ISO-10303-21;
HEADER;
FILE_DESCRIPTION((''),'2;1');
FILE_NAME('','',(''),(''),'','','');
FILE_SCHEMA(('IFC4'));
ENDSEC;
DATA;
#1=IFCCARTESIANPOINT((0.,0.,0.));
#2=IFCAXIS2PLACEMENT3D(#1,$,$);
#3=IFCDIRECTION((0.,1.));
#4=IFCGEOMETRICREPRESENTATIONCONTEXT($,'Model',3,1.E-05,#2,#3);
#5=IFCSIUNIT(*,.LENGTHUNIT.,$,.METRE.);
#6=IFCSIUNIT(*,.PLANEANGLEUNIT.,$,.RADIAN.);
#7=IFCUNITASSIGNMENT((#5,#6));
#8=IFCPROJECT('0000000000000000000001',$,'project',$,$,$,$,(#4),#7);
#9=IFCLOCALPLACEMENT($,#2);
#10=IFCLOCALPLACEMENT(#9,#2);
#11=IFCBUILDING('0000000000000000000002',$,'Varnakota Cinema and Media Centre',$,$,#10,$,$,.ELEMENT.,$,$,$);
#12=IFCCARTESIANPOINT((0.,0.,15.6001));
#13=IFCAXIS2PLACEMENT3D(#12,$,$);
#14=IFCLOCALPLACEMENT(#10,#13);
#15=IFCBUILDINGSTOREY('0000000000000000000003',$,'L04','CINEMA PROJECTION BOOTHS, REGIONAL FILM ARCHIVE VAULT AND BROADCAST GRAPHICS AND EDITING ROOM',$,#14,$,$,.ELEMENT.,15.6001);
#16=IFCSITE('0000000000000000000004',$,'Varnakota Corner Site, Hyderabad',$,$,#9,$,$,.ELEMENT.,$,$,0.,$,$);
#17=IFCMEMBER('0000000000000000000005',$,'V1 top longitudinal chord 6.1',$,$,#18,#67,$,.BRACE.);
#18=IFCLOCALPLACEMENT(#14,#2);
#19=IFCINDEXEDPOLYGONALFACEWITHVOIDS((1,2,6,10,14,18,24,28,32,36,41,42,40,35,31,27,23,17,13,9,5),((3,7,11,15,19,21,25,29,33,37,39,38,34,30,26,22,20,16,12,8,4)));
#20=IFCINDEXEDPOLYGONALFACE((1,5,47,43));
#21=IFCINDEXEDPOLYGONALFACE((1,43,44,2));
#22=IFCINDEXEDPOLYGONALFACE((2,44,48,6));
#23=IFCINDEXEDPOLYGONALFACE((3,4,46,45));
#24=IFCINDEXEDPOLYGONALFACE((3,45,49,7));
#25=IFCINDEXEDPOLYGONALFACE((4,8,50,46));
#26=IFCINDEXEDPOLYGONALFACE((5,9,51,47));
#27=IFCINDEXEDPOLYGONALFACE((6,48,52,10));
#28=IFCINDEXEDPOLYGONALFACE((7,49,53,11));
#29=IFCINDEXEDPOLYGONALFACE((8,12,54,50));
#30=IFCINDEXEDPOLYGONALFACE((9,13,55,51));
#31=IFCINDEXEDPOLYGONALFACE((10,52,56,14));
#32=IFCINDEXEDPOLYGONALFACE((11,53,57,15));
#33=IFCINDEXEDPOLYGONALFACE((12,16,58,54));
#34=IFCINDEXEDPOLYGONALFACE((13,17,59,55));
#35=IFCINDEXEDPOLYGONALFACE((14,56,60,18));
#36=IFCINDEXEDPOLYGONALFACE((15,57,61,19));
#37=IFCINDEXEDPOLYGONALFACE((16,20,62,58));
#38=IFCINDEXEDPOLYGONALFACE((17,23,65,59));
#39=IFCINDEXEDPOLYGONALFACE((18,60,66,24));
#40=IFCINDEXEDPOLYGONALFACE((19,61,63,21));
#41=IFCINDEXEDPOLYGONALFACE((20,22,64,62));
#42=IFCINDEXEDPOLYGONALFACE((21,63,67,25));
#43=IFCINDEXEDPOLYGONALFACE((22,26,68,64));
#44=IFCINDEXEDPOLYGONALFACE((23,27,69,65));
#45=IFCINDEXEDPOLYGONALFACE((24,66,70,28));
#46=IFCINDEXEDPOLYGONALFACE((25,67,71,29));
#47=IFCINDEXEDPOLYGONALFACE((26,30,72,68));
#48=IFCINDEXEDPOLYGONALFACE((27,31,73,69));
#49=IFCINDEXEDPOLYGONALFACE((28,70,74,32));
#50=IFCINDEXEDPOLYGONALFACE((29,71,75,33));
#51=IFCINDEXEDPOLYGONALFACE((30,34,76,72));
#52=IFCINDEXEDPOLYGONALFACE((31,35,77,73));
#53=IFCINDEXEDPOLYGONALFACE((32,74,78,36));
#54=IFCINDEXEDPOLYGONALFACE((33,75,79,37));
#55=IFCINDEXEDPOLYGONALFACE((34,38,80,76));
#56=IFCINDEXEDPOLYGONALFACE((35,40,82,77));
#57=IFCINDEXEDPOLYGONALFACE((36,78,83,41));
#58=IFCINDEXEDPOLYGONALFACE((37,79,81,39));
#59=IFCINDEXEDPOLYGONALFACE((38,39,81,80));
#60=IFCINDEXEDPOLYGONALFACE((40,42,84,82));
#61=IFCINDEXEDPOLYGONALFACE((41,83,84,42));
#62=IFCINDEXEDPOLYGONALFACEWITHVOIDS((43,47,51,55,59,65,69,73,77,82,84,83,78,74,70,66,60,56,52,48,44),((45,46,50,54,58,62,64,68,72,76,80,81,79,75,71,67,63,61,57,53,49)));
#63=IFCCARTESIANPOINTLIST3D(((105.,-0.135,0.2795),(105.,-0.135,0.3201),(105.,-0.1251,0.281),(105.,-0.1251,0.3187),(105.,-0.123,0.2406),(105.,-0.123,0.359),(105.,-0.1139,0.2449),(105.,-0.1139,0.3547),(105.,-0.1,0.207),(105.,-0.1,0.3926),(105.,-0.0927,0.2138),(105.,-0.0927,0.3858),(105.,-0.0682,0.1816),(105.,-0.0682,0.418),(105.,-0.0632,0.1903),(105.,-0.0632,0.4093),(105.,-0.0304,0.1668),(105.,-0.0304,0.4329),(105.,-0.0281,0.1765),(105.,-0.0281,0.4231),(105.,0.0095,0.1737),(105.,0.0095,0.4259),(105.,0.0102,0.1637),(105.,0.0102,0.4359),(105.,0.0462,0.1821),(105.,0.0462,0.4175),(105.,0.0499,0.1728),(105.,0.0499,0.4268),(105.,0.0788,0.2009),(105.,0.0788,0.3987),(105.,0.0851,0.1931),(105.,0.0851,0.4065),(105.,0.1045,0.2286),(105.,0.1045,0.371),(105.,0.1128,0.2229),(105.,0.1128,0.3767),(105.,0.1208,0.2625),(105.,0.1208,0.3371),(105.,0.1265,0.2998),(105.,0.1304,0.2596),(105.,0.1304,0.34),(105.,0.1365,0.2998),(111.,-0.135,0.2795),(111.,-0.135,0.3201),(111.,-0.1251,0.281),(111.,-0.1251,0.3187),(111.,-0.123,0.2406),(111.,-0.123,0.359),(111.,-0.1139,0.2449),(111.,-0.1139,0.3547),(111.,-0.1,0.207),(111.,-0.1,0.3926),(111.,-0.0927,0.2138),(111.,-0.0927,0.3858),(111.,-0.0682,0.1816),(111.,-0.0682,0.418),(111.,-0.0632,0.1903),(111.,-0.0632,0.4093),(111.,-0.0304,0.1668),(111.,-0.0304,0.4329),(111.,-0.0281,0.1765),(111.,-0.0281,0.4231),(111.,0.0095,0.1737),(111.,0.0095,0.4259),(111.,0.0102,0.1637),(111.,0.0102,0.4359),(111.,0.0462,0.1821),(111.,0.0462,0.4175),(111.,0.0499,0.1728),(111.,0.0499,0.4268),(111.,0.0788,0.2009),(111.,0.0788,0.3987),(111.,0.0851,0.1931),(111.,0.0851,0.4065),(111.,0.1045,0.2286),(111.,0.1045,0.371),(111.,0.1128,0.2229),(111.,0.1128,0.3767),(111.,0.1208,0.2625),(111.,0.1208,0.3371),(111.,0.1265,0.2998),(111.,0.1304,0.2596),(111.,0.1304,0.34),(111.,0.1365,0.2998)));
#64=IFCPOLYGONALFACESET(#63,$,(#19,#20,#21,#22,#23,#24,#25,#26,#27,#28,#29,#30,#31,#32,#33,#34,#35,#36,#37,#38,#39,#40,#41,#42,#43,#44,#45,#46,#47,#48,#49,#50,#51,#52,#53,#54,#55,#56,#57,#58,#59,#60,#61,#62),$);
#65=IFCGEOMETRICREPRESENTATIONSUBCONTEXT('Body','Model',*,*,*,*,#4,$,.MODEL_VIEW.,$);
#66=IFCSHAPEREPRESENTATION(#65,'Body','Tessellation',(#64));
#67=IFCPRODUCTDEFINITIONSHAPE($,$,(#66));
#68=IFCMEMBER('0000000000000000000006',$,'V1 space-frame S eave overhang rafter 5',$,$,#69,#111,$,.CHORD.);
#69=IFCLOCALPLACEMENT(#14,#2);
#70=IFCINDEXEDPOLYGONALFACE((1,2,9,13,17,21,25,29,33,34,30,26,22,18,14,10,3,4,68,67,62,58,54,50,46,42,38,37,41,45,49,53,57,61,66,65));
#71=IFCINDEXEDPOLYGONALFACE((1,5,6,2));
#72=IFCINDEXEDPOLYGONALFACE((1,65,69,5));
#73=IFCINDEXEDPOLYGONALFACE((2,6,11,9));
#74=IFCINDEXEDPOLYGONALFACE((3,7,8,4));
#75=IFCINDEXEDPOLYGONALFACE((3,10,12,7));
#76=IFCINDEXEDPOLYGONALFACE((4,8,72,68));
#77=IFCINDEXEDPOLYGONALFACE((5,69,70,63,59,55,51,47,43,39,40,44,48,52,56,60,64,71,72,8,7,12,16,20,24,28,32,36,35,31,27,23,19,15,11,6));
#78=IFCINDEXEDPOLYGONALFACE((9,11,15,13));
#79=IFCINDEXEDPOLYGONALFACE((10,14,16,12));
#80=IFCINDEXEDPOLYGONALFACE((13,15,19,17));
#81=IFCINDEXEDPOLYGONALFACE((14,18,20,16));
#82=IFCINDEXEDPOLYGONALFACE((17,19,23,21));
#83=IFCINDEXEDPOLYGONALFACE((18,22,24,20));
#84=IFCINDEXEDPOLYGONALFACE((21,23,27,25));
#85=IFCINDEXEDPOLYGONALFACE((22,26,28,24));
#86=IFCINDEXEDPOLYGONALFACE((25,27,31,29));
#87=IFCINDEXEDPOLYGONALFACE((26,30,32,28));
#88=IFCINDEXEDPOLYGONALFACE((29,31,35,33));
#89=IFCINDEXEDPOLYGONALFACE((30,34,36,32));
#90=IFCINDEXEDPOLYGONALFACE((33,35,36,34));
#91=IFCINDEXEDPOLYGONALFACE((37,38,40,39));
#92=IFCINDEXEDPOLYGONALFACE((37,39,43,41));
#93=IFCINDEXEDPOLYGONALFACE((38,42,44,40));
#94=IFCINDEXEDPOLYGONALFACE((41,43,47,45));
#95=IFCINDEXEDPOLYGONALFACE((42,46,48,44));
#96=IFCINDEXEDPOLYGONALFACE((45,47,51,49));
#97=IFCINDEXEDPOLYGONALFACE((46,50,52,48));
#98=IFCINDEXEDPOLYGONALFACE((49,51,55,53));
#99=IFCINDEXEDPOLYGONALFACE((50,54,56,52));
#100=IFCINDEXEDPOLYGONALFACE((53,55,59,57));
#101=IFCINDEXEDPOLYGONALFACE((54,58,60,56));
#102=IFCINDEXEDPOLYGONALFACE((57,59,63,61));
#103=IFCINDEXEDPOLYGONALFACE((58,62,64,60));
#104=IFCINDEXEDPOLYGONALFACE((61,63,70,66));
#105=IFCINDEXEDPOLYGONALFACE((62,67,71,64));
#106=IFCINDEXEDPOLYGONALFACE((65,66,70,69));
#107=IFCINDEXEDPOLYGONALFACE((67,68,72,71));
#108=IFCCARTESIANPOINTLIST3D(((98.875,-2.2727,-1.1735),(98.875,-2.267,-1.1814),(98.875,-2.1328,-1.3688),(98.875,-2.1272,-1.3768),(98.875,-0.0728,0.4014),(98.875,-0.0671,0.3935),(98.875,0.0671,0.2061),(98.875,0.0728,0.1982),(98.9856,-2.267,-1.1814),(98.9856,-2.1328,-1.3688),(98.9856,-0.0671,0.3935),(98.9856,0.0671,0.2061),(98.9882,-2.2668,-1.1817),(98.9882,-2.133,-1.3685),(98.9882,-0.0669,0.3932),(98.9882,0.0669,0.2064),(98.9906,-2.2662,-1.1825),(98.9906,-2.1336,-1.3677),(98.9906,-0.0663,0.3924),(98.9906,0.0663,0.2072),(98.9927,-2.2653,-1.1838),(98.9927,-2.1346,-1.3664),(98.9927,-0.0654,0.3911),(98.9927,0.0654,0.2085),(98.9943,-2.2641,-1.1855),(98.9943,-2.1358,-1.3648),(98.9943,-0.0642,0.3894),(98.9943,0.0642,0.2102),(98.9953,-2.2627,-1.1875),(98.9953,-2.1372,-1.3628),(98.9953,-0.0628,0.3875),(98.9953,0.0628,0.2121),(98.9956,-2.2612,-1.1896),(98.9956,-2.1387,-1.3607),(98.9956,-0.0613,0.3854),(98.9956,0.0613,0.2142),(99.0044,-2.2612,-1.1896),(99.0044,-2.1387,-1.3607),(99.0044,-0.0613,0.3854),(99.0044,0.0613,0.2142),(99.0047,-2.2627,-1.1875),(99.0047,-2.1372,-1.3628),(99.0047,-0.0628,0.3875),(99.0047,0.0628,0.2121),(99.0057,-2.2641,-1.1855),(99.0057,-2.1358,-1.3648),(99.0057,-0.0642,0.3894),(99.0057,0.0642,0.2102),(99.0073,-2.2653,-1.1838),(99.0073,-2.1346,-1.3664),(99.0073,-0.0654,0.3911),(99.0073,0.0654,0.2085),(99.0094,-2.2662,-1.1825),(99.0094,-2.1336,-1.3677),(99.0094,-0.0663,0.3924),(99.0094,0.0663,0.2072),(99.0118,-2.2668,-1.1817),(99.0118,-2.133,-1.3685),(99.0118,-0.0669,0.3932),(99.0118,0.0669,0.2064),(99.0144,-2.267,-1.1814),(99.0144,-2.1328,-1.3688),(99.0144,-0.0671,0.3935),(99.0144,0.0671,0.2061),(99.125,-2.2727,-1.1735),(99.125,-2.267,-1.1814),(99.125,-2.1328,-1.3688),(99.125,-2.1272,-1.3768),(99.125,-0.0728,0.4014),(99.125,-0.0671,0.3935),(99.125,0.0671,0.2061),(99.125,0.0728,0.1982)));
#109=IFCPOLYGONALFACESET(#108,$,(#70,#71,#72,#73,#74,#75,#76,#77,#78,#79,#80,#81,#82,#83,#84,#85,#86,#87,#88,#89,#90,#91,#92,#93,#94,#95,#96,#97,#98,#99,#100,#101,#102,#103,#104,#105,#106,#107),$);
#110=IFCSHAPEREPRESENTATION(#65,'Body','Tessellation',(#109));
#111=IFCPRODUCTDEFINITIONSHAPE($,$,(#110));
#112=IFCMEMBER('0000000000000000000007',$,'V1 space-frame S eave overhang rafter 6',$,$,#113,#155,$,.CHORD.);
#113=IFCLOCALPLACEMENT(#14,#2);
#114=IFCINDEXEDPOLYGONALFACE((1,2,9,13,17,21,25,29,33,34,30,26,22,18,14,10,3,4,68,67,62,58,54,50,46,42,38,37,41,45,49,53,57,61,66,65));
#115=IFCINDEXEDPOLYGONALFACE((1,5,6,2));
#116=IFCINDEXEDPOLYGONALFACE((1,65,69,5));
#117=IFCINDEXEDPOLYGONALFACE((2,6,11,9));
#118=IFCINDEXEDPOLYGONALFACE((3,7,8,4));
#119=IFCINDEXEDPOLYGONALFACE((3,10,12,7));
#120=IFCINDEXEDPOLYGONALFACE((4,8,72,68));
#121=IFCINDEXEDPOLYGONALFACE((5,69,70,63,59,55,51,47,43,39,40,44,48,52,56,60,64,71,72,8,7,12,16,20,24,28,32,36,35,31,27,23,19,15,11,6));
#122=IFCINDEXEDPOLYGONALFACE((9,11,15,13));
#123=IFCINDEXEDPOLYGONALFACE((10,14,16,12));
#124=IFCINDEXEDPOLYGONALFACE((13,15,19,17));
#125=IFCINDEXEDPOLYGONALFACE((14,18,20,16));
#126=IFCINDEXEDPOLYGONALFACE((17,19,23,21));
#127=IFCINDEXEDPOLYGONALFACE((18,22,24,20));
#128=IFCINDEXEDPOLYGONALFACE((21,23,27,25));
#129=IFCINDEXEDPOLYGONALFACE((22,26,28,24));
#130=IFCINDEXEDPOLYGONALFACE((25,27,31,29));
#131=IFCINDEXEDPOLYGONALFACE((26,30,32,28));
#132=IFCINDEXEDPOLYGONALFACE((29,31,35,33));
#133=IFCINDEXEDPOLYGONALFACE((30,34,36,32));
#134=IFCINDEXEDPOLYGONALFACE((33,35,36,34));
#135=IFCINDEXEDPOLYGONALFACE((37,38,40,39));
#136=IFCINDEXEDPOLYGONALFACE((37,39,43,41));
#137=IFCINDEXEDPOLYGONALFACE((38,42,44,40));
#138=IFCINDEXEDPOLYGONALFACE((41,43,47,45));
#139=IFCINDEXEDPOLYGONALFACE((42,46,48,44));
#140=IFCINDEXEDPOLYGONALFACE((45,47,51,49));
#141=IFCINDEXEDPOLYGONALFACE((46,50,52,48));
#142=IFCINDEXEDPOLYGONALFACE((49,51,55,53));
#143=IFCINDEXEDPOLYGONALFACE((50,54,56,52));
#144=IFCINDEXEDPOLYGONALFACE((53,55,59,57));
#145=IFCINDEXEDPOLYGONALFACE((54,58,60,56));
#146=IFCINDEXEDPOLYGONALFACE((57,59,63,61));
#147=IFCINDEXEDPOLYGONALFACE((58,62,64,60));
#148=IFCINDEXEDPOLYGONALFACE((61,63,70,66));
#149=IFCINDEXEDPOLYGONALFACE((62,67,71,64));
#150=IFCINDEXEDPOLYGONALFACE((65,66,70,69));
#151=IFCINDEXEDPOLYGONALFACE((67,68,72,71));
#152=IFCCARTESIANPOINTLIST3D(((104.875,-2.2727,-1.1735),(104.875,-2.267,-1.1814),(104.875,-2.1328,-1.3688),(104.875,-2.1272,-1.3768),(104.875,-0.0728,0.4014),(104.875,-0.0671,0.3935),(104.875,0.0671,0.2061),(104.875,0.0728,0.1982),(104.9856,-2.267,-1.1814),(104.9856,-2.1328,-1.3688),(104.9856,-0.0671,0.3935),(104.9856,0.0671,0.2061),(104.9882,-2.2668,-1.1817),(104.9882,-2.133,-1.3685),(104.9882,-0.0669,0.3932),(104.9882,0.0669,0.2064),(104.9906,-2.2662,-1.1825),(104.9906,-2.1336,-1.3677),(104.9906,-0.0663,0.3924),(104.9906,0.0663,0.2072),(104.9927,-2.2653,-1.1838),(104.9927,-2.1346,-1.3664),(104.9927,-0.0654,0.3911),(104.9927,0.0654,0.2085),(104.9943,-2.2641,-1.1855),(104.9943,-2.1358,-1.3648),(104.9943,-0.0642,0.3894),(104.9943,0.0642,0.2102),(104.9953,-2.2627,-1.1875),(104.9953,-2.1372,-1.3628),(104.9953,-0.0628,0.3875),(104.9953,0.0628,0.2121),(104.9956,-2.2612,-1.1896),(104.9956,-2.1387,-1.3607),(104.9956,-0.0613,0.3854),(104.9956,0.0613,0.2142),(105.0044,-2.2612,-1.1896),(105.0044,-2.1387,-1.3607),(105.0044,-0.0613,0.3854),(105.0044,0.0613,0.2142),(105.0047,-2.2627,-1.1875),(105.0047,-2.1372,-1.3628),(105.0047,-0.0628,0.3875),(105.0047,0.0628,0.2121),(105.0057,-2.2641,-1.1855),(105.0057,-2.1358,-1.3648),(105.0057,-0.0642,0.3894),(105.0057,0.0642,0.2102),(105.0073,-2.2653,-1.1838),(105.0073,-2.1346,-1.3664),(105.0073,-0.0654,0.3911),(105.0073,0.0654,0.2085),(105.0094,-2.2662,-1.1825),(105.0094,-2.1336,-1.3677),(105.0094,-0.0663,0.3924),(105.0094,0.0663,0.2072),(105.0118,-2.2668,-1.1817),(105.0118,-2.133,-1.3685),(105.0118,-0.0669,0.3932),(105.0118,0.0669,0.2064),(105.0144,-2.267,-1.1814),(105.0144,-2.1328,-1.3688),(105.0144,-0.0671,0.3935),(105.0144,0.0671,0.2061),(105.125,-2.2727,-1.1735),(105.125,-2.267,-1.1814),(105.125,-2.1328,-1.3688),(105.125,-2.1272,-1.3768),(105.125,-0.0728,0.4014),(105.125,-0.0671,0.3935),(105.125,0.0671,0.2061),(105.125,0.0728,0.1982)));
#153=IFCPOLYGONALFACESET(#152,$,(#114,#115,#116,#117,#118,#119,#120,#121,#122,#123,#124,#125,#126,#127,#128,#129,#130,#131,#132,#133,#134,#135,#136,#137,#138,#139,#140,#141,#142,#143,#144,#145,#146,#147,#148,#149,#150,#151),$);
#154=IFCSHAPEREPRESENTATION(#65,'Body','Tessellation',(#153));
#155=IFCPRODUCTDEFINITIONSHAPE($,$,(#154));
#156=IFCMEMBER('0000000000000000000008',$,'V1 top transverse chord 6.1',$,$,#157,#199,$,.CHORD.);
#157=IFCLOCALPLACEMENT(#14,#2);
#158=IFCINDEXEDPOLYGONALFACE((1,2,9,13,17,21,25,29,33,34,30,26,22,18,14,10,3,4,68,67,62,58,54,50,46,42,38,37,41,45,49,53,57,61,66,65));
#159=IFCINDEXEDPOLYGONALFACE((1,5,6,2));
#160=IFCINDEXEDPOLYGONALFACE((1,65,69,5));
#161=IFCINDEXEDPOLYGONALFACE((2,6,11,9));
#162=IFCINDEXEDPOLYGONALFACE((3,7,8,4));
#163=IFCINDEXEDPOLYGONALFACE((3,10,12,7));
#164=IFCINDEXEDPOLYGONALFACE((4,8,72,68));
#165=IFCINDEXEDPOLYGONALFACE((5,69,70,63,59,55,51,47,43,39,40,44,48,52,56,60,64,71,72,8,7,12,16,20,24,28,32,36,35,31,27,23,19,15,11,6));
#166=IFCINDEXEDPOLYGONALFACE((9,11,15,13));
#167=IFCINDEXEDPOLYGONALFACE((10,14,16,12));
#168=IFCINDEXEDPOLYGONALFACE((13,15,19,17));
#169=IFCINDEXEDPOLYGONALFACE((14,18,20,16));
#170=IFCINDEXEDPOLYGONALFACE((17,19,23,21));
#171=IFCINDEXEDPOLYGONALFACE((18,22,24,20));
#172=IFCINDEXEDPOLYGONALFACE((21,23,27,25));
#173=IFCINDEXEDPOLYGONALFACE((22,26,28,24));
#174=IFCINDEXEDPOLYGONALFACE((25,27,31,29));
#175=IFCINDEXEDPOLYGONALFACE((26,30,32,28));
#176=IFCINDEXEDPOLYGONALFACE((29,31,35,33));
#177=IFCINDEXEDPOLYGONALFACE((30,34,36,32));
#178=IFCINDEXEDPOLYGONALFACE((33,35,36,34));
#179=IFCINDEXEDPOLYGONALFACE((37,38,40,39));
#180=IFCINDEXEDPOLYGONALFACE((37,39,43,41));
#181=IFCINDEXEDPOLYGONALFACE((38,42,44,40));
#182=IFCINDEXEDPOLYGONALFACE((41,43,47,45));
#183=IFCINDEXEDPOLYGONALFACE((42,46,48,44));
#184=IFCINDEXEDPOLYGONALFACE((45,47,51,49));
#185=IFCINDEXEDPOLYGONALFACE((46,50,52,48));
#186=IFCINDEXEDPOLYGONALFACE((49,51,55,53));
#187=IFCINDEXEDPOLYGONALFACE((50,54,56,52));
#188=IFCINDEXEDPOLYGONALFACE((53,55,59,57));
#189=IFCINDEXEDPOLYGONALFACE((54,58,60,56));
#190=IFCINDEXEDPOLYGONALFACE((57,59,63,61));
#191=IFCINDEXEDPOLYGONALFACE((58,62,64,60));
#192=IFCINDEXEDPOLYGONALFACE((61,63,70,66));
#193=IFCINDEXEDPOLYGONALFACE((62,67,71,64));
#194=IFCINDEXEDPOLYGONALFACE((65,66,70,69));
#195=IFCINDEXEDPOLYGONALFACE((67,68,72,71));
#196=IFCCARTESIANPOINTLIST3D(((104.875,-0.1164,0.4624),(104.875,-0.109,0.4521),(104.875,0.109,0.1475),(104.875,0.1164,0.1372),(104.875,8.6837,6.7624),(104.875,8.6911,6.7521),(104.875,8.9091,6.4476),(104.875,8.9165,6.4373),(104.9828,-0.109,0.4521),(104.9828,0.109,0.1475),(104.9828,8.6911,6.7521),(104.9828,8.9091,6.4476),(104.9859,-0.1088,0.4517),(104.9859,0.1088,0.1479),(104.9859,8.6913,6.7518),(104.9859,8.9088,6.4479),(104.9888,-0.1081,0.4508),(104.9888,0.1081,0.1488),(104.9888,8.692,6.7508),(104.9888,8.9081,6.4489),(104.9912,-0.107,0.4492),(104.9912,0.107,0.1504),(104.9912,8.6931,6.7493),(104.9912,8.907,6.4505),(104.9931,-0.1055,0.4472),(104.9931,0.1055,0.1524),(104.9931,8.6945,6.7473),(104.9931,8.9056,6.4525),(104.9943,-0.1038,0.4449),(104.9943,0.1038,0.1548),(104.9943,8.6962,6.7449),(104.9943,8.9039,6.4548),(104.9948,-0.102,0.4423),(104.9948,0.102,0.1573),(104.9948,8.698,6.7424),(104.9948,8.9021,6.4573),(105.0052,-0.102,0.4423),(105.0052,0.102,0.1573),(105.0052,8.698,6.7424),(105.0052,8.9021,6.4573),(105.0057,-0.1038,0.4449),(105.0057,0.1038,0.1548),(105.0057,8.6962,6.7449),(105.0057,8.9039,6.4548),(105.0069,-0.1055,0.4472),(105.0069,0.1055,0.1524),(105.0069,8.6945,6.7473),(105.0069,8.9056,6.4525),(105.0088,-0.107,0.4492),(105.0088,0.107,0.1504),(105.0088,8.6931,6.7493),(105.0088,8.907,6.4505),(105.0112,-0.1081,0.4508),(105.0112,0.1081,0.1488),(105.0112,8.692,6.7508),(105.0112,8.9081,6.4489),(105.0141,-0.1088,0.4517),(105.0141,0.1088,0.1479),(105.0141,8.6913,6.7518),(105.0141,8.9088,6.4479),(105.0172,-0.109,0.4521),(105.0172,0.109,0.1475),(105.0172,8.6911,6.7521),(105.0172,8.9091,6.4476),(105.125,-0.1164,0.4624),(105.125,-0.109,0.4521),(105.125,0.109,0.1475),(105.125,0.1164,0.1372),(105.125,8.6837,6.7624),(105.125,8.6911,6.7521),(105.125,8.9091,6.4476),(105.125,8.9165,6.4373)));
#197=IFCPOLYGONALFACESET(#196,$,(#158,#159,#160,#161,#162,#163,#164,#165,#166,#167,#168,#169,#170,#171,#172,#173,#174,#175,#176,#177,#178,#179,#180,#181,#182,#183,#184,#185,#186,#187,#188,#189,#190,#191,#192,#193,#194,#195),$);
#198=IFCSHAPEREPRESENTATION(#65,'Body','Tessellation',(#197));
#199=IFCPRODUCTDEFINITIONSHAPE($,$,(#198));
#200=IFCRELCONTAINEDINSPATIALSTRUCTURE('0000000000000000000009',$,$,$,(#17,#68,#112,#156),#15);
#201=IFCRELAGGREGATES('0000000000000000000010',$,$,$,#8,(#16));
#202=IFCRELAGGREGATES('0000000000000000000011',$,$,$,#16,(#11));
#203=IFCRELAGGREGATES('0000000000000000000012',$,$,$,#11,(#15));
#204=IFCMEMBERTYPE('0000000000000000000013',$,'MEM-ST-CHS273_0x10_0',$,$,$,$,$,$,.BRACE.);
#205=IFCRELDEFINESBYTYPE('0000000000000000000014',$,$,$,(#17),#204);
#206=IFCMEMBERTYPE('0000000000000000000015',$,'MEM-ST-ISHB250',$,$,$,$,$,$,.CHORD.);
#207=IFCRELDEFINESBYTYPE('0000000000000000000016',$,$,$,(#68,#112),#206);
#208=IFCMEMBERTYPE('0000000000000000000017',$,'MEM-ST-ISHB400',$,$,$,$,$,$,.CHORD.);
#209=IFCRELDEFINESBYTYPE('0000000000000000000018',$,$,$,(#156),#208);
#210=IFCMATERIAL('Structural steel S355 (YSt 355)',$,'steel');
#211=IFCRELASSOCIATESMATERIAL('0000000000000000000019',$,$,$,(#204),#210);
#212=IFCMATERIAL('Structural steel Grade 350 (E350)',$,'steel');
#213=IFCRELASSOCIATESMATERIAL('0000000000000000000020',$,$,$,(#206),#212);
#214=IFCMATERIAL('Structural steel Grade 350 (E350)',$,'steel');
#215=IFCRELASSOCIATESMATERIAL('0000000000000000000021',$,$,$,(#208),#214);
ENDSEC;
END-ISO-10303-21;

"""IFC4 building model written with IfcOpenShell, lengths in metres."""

from ifc_helpers import new_model, si_unit, direction, frame, origin, origin_2d, place, context, subcontext, project, spatial, hollow_circle, i_section, extrude, material, material_profile, profile_set, type_object, element, save


model = new_model("IFC4")

# Units and contexts
model_context = context("Model", 3, precision=1e-05, world=origin(), true_north=direction((0.0, 1.0)))
body_context = subcontext(model_context, "Body", "Model", "MODEL_VIEW")
ifc_project = project(units=[si_unit("LENGTHUNIT", "METRE"), si_unit("PLANEANGLEUNIT", "RADIAN")], contexts=[model_context])

# Site, building, storey
site_placement = place(None, origin())
site = spatial("IfcSite", under=ifc_project, at=site_placement, Name="Varnakota Corner Site, Hyderabad", CompositionType="ELEMENT", RefElevation=0.0)
building_placement = place(site_placement, origin())
building = spatial("IfcBuilding", under=site, at=building_placement, Name="Varnakota Cinema and Media Centre", CompositionType="ELEMENT")
storey_placement = place(building_placement, frame((0.0, 0.0, 15.6001)))
storey = spatial("IfcBuildingStorey", under=building, at=storey_placement, Name="L04", Description="CINEMA PROJECTION BOOTHS, REGIONAL FILM ARCHIVE VAULT AND BROADCAST GRAPHICS AND EDITING ROOM", CompositionType="ELEMENT", Elevation=15.6001)

# Members
ifc_material_1 = material(Name="Structural steel S355 (YSt 355)", Category="steel")
ifc_material_profile_1 = material_profile(ifc_material_1, hollow_circle(Radius=0.1365, WallThickness=0.01, at=origin_2d()), Name="CHS 273.0x10.0")
ifc_profile_set_1 = profile_set([ifc_material_profile_1], Name="Structural steel S355 (YSt 355)")
member_type_1 = type_object("IfcMemberType", Name="MEM-ST-CHS273_0x10_0", PredefinedType="BRACE", material=ifc_profile_set_1)
member_1_placement = place(storey_placement, frame((105.0, 0.0, 0.2998), z_axis=(1.0, 0.0, 0.0), x_axis=(0.0, 1.0, 0.0)))
element("IfcMember", 1, at=member_1_placement, inside=storey, type_object=member_type_1, Name="V1 top longitudinal chord 6.1", PredefinedType="BRACE", context=body_context, shape_type="SweptSolid", body=[
    extrude(hollow_circle(Radius=0.1365, WallThickness=0.01, at=origin_2d()), origin(), (0.0, 0.0, 1.0), 6.0),
])
ifc_material_2 = material(Name="Structural steel Grade 350 (E350)", Category="steel")
ifc_material_profile_2 = material_profile(ifc_material_2, i_section(OverallWidth=0.25, OverallDepth=0.25, WebThickness=0.0088, FlangeThickness=0.0098, FilletRadius=0.01, at=origin_2d()), Name="ISHB 250")
ifc_profile_set_2 = profile_set([ifc_material_profile_2], Name="Structural steel Grade 350 (E350)")
member_type_2 = type_object("IfcMemberType", Name="MEM-ST-ISHB250", PredefinedType="CHORD", material=ifc_profile_set_2)
for number, where, z_axis, x_axis, name in (
    (2, (99.0, 0.0, 0.2998), (0.0, -0.813111, -0.582109), (1.0, 0.0, 0.0), "V1 space-frame S eave overhang rafter 5"),
    (3, (105.0, 0.0, 0.2998), (0.0, -0.813111, -0.582109), (1.0, 0.0, 0.0), "V1 space-frame S eave overhang rafter 6"),
):
    element("IfcMember", number, at=place(storey_placement, frame(where, z_axis=z_axis, x_axis=x_axis)), inside=storey, type_object=member_type_2, Name=name, PredefinedType="CHORD", context=body_context, shape_type="SweptSolid", body=[
        extrude(i_section(OverallWidth=0.25, OverallDepth=0.25, WebThickness=0.0088, FlangeThickness=0.0098, FilletRadius=0.01, at=origin_2d()), origin(), (0.0, 0.0, 1.0), 2.7056),
    ])
ifc_material_3 = material(Name="Structural steel Grade 350 (E350)", Category="steel")
ifc_material_profile_3 = material_profile(ifc_material_3, i_section(OverallWidth=0.25, OverallDepth=0.3999, WebThickness=0.0105, FlangeThickness=0.0127, FilletRadius=0.012, at=origin_2d()), Name="ISHB 400")
ifc_profile_set_3 = profile_set([ifc_material_profile_3], Name="Structural steel Grade 350 (E350)")
member_type_3 = type_object("IfcMemberType", Name="MEM-ST-ISHB400", PredefinedType="CHORD", material=ifc_profile_set_3)
member_2_placement = place(storey_placement, frame((105.0, 0.0, 0.2998), z_axis=(0.0, 0.813108, 0.582113), x_axis=(-1.0, 0.0, 0.0)))
element("IfcMember", 4, at=member_2_placement, inside=storey, type_object=member_type_3, Name="V1 top transverse chord 6.1", PredefinedType="CHORD", context=body_context, shape_type="SweptSolid", body=[
    extrude(i_section(OverallWidth=0.25, OverallDepth=0.3999, WebThickness=0.0105, FlangeThickness=0.0127, FilletRadius=0.012, at=origin_2d()), origin(), (0.0, 0.0, 1.0), 10.8228),
])

save(model, "model.ifc")
